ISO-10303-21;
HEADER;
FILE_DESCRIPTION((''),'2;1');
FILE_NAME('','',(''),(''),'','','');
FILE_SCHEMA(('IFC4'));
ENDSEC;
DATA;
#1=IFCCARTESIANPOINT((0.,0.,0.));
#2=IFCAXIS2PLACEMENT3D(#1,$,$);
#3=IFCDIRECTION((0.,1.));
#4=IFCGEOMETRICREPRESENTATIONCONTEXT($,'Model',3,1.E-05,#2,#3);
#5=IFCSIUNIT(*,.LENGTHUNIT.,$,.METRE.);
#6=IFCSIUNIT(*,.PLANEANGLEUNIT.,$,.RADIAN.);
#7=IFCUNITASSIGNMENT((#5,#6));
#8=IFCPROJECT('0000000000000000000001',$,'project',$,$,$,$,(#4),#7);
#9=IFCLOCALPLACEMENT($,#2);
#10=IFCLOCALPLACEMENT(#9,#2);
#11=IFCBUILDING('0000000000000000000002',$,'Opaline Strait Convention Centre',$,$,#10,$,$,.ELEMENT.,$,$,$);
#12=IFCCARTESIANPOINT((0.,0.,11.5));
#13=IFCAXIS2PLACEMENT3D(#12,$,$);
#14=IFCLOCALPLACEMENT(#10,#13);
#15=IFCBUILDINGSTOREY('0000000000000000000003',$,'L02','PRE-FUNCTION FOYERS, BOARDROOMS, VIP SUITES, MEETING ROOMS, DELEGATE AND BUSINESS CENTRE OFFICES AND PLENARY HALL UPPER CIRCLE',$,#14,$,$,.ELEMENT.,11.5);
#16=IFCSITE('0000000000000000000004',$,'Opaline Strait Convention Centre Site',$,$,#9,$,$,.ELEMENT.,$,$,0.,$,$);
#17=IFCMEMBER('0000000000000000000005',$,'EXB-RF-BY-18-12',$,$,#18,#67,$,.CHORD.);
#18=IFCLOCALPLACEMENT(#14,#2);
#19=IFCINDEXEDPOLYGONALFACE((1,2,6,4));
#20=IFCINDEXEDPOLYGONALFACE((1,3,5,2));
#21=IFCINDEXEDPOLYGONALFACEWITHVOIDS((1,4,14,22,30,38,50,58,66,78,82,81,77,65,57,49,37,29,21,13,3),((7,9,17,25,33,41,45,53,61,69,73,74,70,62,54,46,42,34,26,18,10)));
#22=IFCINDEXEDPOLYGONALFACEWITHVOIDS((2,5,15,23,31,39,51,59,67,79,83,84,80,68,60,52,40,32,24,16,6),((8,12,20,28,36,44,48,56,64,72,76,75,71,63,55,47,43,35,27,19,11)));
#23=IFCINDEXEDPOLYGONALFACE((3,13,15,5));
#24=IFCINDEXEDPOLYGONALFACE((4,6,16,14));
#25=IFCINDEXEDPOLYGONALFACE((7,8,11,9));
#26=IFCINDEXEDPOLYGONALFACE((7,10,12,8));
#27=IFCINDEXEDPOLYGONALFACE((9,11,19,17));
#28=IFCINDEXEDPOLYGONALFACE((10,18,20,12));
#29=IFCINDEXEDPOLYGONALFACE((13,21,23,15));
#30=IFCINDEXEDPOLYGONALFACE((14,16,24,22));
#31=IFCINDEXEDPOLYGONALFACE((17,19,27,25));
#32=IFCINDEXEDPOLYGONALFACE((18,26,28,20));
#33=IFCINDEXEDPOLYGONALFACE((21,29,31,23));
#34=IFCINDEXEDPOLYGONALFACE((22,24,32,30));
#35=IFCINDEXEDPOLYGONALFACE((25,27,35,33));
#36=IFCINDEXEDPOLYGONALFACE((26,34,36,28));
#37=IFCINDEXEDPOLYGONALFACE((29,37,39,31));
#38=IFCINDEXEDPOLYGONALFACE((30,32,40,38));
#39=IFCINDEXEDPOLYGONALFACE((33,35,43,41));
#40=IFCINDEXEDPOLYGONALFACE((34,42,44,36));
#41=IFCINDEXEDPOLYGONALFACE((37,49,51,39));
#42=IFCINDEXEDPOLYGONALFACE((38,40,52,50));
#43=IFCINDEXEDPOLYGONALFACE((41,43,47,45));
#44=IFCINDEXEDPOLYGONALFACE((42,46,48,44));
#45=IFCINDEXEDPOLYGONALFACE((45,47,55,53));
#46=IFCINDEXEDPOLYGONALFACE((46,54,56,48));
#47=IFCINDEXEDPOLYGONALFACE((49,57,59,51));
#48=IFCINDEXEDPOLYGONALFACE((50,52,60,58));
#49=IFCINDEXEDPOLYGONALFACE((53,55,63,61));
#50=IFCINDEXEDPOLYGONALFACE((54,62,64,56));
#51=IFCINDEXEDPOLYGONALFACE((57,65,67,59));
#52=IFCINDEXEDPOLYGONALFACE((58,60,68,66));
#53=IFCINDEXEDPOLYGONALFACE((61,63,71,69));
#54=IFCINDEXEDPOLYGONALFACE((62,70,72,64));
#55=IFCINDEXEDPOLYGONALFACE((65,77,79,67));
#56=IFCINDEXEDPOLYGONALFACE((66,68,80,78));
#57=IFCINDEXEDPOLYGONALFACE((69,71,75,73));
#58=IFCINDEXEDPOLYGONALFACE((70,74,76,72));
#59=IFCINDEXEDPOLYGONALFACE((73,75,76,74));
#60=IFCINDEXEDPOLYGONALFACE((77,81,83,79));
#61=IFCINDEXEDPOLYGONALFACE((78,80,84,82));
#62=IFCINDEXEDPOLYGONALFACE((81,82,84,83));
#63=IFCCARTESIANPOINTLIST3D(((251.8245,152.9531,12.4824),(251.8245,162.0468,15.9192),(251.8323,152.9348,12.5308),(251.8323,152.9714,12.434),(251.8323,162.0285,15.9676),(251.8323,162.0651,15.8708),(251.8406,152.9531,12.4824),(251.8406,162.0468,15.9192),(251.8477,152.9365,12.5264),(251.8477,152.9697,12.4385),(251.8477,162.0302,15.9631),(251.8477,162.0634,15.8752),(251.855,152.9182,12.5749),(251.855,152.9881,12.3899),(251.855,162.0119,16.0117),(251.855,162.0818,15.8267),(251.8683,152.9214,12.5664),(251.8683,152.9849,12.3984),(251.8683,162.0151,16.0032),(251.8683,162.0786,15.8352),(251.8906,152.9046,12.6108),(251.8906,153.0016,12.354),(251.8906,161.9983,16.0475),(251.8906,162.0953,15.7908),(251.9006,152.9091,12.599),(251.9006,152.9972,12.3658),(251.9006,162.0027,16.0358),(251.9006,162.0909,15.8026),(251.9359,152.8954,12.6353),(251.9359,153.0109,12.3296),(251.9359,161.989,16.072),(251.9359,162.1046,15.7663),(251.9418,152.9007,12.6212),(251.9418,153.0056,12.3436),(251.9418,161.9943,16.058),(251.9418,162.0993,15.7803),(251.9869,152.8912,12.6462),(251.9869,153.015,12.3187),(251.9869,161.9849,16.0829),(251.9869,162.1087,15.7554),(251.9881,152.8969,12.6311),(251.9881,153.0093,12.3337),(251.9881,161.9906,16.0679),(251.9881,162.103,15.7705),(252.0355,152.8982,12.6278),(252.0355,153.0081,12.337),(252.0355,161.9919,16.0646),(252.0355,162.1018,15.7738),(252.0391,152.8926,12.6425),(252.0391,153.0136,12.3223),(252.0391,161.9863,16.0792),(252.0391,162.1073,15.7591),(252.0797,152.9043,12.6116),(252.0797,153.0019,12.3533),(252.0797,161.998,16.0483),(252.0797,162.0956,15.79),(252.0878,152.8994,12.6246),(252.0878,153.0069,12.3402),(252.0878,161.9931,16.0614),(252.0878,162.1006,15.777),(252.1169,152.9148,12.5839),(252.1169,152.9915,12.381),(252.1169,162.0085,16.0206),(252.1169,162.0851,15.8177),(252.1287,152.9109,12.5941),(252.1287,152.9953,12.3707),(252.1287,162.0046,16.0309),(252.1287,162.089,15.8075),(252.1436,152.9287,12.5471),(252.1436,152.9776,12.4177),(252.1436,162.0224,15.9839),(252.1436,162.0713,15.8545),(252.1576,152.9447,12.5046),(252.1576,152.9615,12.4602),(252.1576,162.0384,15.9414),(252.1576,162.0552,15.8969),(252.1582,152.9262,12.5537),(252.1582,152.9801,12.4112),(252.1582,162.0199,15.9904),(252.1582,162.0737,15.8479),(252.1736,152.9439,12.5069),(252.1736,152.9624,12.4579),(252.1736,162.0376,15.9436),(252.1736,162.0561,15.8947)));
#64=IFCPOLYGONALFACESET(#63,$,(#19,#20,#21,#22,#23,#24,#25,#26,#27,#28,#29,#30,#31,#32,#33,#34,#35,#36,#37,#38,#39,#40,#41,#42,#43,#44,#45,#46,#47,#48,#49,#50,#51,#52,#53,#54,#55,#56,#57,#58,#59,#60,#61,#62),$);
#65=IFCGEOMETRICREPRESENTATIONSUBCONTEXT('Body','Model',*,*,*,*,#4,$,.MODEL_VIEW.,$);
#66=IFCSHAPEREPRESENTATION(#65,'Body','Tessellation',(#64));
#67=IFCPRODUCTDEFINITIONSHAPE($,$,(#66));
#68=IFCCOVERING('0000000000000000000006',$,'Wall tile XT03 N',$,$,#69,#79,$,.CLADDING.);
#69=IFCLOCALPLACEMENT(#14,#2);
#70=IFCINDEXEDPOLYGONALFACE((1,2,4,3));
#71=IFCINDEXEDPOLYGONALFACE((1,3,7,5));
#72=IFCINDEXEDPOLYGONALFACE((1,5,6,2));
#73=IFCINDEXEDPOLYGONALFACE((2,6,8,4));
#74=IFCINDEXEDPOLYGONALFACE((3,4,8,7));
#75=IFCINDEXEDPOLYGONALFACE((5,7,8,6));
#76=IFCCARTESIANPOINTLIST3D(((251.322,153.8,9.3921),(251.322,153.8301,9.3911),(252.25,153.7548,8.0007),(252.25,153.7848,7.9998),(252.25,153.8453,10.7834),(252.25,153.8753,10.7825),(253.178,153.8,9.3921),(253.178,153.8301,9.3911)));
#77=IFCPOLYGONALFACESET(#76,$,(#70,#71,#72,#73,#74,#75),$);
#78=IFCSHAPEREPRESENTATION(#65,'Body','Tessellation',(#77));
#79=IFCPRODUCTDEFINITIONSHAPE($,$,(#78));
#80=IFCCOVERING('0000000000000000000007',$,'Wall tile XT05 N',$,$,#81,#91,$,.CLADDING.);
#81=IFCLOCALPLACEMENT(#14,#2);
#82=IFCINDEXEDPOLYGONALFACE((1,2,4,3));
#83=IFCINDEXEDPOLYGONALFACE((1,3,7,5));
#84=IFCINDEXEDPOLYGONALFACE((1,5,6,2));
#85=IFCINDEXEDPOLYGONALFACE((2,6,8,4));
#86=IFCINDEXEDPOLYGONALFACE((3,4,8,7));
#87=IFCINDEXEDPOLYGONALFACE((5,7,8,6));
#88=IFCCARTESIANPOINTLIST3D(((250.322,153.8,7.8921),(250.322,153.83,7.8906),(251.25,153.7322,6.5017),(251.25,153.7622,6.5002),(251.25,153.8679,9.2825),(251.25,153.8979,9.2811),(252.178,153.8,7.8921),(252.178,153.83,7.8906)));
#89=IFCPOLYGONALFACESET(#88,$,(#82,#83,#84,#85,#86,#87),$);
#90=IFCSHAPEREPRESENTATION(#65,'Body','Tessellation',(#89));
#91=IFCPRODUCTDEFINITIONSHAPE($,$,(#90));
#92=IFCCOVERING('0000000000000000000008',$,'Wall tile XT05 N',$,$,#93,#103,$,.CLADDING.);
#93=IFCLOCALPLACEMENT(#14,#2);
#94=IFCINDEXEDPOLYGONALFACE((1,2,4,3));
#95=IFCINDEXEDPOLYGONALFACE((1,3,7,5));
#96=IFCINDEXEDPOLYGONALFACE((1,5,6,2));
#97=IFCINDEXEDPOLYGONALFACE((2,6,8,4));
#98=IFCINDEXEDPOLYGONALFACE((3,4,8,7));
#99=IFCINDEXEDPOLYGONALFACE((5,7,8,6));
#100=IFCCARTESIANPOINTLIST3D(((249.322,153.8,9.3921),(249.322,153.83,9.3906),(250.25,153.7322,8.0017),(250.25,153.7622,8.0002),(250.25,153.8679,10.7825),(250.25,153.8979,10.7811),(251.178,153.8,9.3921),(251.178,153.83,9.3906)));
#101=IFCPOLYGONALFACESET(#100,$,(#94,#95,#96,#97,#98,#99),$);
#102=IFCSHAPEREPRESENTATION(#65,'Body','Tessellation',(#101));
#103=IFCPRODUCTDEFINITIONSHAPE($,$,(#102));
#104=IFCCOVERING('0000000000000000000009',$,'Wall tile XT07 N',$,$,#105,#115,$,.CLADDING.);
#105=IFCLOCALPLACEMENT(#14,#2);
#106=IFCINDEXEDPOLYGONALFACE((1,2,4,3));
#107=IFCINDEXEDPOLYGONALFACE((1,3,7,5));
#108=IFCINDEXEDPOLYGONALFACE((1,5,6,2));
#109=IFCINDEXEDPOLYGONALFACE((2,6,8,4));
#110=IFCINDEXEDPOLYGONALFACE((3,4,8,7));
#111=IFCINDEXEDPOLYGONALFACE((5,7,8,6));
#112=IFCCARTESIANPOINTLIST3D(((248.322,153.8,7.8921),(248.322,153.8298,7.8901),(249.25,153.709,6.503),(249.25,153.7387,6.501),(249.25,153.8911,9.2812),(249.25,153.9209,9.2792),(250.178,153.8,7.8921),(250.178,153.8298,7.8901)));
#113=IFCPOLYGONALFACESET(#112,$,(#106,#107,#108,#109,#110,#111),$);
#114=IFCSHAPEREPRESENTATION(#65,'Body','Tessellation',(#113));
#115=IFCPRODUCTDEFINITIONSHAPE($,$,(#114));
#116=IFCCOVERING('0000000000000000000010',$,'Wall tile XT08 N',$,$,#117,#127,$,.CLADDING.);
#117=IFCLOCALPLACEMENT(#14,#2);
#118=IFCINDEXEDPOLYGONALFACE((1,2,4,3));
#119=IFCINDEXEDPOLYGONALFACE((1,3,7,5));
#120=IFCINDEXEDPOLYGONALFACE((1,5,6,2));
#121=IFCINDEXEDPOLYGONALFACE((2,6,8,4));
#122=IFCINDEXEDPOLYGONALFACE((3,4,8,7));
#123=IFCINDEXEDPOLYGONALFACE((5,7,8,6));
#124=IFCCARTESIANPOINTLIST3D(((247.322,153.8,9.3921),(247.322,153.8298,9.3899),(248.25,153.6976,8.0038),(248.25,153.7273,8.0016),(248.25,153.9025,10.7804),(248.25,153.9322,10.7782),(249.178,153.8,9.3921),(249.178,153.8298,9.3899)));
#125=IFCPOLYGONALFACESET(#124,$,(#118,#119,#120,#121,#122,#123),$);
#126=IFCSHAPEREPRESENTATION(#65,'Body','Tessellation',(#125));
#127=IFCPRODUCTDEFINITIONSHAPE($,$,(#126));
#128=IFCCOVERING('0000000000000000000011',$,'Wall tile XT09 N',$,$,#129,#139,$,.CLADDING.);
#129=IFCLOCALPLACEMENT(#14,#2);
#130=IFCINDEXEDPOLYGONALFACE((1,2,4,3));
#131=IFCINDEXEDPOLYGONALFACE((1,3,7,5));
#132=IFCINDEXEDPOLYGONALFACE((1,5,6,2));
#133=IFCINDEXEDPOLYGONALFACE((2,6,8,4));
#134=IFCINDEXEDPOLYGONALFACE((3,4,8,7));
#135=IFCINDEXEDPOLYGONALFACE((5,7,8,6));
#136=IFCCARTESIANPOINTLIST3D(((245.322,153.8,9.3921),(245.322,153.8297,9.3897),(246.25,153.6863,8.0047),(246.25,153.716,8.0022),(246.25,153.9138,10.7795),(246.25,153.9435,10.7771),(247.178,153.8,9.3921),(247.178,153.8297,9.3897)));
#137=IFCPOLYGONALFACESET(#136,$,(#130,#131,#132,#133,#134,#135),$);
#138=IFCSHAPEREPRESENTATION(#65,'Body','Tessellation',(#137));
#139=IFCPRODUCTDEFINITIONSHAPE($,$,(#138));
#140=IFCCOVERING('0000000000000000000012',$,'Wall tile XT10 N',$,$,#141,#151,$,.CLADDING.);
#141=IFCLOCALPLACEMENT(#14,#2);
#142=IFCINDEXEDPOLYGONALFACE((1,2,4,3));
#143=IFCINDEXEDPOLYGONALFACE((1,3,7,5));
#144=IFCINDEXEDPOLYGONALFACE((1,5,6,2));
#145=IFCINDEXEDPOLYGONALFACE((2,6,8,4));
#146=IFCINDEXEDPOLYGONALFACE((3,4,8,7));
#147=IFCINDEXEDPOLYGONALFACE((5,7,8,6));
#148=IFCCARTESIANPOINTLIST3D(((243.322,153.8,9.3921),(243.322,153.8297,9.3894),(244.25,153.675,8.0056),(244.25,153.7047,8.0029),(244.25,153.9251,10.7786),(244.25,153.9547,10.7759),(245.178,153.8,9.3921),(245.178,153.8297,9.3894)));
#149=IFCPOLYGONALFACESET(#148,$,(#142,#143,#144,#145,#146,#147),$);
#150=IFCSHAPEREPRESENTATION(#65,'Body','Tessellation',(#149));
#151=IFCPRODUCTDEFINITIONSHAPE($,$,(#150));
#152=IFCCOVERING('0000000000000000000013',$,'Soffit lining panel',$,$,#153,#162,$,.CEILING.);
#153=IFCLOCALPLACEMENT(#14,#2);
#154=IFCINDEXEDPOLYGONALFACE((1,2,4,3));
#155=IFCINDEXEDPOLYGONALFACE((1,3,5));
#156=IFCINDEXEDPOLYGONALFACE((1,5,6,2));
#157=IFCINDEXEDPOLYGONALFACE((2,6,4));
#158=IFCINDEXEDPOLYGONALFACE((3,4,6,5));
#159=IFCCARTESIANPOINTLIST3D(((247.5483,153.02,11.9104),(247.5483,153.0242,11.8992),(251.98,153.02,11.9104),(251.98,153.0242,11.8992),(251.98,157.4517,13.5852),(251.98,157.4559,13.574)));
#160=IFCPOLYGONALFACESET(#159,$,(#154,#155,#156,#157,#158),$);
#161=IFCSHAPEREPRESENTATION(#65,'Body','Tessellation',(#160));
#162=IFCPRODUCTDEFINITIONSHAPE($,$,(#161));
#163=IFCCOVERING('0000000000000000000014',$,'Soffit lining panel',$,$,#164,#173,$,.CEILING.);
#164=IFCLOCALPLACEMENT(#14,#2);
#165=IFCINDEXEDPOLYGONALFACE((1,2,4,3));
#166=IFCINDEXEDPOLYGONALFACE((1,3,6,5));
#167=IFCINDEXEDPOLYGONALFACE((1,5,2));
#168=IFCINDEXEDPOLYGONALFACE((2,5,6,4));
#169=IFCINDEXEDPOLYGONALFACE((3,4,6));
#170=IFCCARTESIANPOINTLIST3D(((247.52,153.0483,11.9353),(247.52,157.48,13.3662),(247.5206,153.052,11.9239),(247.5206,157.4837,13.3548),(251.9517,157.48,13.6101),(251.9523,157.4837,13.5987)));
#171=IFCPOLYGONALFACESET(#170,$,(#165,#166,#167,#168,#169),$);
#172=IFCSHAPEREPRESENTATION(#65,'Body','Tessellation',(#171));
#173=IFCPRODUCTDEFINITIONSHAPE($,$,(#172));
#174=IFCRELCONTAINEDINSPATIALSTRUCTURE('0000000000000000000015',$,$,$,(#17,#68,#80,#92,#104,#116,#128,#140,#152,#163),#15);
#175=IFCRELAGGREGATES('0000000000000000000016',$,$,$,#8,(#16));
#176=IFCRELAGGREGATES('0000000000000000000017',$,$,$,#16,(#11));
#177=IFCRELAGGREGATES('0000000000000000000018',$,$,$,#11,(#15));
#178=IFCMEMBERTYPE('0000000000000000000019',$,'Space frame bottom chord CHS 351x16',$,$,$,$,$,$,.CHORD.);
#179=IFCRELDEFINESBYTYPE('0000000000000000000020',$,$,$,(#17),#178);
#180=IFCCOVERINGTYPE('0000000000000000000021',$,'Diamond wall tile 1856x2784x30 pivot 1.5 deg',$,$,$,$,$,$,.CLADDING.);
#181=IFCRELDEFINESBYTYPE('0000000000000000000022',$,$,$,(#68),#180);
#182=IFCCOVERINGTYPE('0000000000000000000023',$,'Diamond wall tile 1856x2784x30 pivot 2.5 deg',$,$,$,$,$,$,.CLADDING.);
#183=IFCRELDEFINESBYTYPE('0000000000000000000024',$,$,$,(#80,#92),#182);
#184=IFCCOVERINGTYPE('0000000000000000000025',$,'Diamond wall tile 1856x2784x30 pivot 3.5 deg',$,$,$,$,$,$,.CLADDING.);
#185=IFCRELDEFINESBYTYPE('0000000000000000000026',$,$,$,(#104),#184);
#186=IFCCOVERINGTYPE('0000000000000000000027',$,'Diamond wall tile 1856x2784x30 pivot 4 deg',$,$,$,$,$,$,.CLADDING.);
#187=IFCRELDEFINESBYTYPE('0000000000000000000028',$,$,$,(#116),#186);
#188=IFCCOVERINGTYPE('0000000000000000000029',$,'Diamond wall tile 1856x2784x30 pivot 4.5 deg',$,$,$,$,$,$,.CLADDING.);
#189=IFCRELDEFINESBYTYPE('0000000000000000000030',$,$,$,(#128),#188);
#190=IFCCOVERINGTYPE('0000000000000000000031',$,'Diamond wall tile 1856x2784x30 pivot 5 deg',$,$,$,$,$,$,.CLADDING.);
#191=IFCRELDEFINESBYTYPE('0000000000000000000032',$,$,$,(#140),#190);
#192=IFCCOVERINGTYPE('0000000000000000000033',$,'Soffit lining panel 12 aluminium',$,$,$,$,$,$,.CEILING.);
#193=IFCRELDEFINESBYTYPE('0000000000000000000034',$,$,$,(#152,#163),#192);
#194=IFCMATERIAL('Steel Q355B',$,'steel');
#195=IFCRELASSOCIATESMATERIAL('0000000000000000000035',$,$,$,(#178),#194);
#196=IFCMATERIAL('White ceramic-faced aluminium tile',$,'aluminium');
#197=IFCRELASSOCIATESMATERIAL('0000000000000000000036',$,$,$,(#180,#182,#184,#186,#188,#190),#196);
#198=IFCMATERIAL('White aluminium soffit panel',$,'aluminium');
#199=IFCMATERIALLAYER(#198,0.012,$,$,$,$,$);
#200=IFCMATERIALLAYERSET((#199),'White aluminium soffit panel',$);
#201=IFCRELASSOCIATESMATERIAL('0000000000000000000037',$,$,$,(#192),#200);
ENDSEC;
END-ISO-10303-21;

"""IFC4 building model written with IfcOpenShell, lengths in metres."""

from ifc_helpers import new_model, si_unit, direction, frame, origin, origin_2d, place, context, subcontext, project, spatial, polyline, hollow_circle, outline, extrude, material, layer, layer_set, material_profile, profile_set, type_object, element, save


model = new_model("IFC4")

# Units and contexts
model_context = context("Model", 3, precision=1e-05, world=origin(), true_north=direction((0.0, 1.0)))
body_context = subcontext(model_context, "Body", "Model", "MODEL_VIEW")
ifc_project = project(units=[si_unit("LENGTHUNIT", "METRE"), si_unit("PLANEANGLEUNIT", "RADIAN")], contexts=[model_context])

# Site, building, storey
site_placement = place(None, origin())
site = spatial("IfcSite", under=ifc_project, at=site_placement, Name="Opaline Strait Convention Centre Site", CompositionType="ELEMENT", RefElevation=0.0)
building_placement = place(site_placement, origin())
building = spatial("IfcBuilding", under=site, at=building_placement, Name="Opaline Strait Convention Centre", CompositionType="ELEMENT")
storey_placement = place(building_placement, frame((0.0, 0.0, 11.5)))
storey = spatial("IfcBuildingStorey", under=building, at=storey_placement, Name="L02", Description="PRE-FUNCTION FOYERS, BOARDROOMS, VIP SUITES, MEETING ROOMS, DELEGATE AND BUSINESS CENTRE OFFICES AND PLENARY HALL UPPER CIRCLE", CompositionType="ELEMENT", Elevation=11.5)

# Member
ifc_material_1 = material(Name="Steel Q355B", Category="steel")
ifc_material_profile_1 = material_profile(ifc_material_1, hollow_circle(Radius=0.1755, WallThickness=0.0161, at=origin_2d()), Name="CHS 351x16")
ifc_profile_set_1 = profile_set([ifc_material_profile_1], Name="Steel Q355B")
member_type_1 = type_object("IfcMemberType", Name="Space frame bottom chord CHS 351x16", PredefinedType="CHORD", material=ifc_profile_set_1)
member_1_placement = place(storey_placement, frame((252.0, 152.9531, 12.4824), z_axis=(0.0, 0.935426, 0.353522), x_axis=(-1.0, 0.0, 0.0)))
element("IfcMember", 1, at=member_1_placement, inside=storey, type_object=member_type_1, Name="EXB-RF-BY-18-12", PredefinedType="CHORD", context=body_context, shape_type="SweptSolid", body=[
    extrude(hollow_circle(Radius=0.1755, WallThickness=0.0161, at=origin_2d()), origin(), (0.0, 0.0, 1.0), 9.7214),
])

# Coverings
ifc_material_2 = material(Name="White ceramic-faced aluminium tile", Category="aluminium")
ifc_material_profile_2 = material_profile(ifc_material_2, outline(polyline([(0.928, 0.0), (0.0, 1.3921), (-0.928, 0.0), (0.0, -1.3921), (0.928, 0.0)])), Name="Diamond tile 1856x2784")
ifc_profile_set_2 = profile_set([ifc_material_profile_2], Name="White ceramic-faced aluminium tile")
covering_type_1 = type_object("IfcCoveringType", Name="Diamond wall tile 1856x2784x30 pivot 1.5 deg", PredefinedType="CLADDING", material=ifc_profile_set_2)
covering_1_placement = place(storey_placement, frame((252.25, 153.8, 9.3921), z_axis=(0.0, 0.999472, -0.032503), x_axis=(-1.0, 0.0, 0.0)))
element("IfcCovering", 2, at=covering_1_placement, inside=storey, type_object=covering_type_1, Name="Wall tile XT03 N", PredefinedType="CLADDING", context=body_context, shape_type="SweptSolid", body=[
    extrude(outline(polyline([(0.928, 0.0), (0.0, 1.3921), (-0.928, 0.0), (0.0, -1.3921), (0.928, 0.0)])), origin(), (0.0, 0.0, 1.0), 0.03),
])
ifc_material_profile_3 = material_profile(ifc_material_2, outline(polyline([(0.928, 0.0), (0.0, 1.3921), (-0.928, 0.0), (0.0, -1.3921), (0.928, 0.0)])), Name="Diamond tile 1856x2784")
ifc_profile_set_3 = profile_set([ifc_material_profile_3], Name="White ceramic-faced aluminium tile")
covering_type_2 = type_object("IfcCoveringType", Name="Diamond wall tile 1856x2784x30 pivot 2.5 deg", PredefinedType="CLADDING", material=ifc_profile_set_3)
for number, where, z_axis, x_axis, name in (
    (3, (251.25, 153.8, 7.8921), (0.0, 0.998812, -0.048723), (-1.0, 0.0, 0.0), "Wall tile XT05 N"),
    (4, (250.25, 153.8, 9.3921), (0.0, 0.998812, -0.048723), (-1.0, 0.0, 0.0), "Wall tile XT05 N"),
):
    element("IfcCovering", number, at=place(storey_placement, frame(where, z_axis=z_axis, x_axis=x_axis)), inside=storey, type_object=covering_type_2, Name=name, PredefinedType="CLADDING", context=body_context, shape_type="SweptSolid", body=[
        extrude(outline(polyline([(0.928, 0.0), (0.0, 1.3921), (-0.928, 0.0), (0.0, -1.3921), (0.928, 0.0)])), origin(), (0.0, 0.0, 1.0), 0.03),
    ])
ifc_material_profile_4 = material_profile(ifc_material_2, outline(polyline([(0.928, 0.0), (0.0, 1.3921), (-0.928, 0.0), (0.0, -1.3921), (0.928, 0.0)])), Name="Diamond tile 1856x2784")
ifc_profile_set_4 = profile_set([ifc_material_profile_4], Name="White ceramic-faced aluminium tile")
covering_type_3 = type_object("IfcCoveringType", Name="Diamond wall tile 1856x2784x30 pivot 3.5 deg", PredefinedType="CLADDING", material=ifc_profile_set_4)
covering_2_placement = place(storey_placement, frame((249.25, 153.8, 7.8921), z_axis=(0.0, 0.997857, -0.065433), x_axis=(-1.0, 0.0, 0.0)))
element("IfcCovering", 5, at=covering_2_placement, inside=storey, type_object=covering_type_3, Name="Wall tile XT07 N", PredefinedType="CLADDING", context=body_context, shape_type="SweptSolid", body=[
    extrude(outline(polyline([(0.928, 0.0), (0.0, 1.3921), (-0.928, 0.0), (0.0, -1.3921), (0.928, 0.0)])), origin(), (0.0, 0.0, 1.0), 0.0298),
])
ifc_material_profile_5 = material_profile(ifc_material_2, outline(polyline([(0.928, 0.0), (0.0, 1.3921), (-0.928, 0.0), (0.0, -1.3921), (0.928, 0.0)])), Name="Diamond tile 1856x2784")
ifc_profile_set_5 = profile_set([ifc_material_profile_5], Name="White ceramic-faced aluminium tile")
covering_type_4 = type_object("IfcCoveringType", Name="Diamond wall tile 1856x2784x30 pivot 4 deg", PredefinedType="CLADDING", material=ifc_profile_set_5)
covering_3_placement = place(storey_placement, frame((248.25, 153.8, 9.3921), z_axis=(0.0, 0.99729, -0.073571), x_axis=(-1.0, 0.0, 0.0)))
element("IfcCovering", 6, at=covering_3_placement, inside=storey, type_object=covering_type_4, Name="Wall tile XT08 N", PredefinedType="CLADDING", context=body_context, shape_type="SweptSolid", body=[
    extrude(outline(polyline([(0.928, 0.0), (0.0, 1.3921), (-0.928, 0.0), (0.0, -1.3921), (0.928, 0.0)])), origin(), (0.0, 0.0, 1.0), 0.0298),
])
ifc_material_profile_6 = material_profile(ifc_material_2, outline(polyline([(0.928, 0.0), (0.0, 1.3921), (-0.928, 0.0), (0.0, -1.3921), (0.928, 0.0)])), Name="Diamond tile 1856x2784")
ifc_profile_set_6 = profile_set([ifc_material_profile_6], Name="White ceramic-faced aluminium tile")
covering_type_5 = type_object("IfcCoveringType", Name="Diamond wall tile 1856x2784x30 pivot 4.5 deg", PredefinedType="CLADDING", material=ifc_profile_set_6)
covering_4_placement = place(storey_placement, frame((246.25, 153.8, 9.3921), z_axis=(0.0, 0.996658, -0.081693), x_axis=(-1.0, 0.0, 0.0)))
element("IfcCovering", 7, at=covering_4_placement, inside=storey, type_object=covering_type_5, Name="Wall tile XT09 N", PredefinedType="CLADDING", context=body_context, shape_type="SweptSolid", body=[
    extrude(outline(polyline([(0.928, 0.0), (0.0, 1.3921), (-0.928, 0.0), (0.0, -1.3921), (0.928, 0.0)])), origin(), (0.0, 0.0, 1.0), 0.0298),
])
ifc_material_profile_7 = material_profile(ifc_material_2, outline(polyline([(0.928, 0.0), (0.0, 1.3921), (-0.928, 0.0), (0.0, -1.3921), (0.928, 0.0)])), Name="Diamond tile 1856x2784")
ifc_profile_set_7 = profile_set([ifc_material_profile_7], Name="White ceramic-faced aluminium tile")
covering_type_6 = type_object("IfcCoveringType", Name="Diamond wall tile 1856x2784x30 pivot 5 deg", PredefinedType="CLADDING", material=ifc_profile_set_7)
covering_5_placement = place(storey_placement, frame((244.25, 153.8, 9.3921), z_axis=(0.0, 0.99596, -0.0898), x_axis=(-1.0, 0.0, 0.0)))
element("IfcCovering", 8, at=covering_5_placement, inside=storey, type_object=covering_type_6, Name="Wall tile XT10 N", PredefinedType="CLADDING", context=body_context, shape_type="SweptSolid", body=[
    extrude(outline(polyline([(0.928, 0.0), (0.0, 1.3921), (-0.928, 0.0), (0.0, -1.3921), (0.928, 0.0)])), origin(), (0.0, 0.0, 1.0), 0.0298),
])
ifc_material_3 = material(Name="White aluminium soffit panel", Category="aluminium")
ifc_layer = layer(ifc_material_3, 0.012)
ifc_layer_set = layer_set([ifc_layer], Name="White aluminium soffit panel")
covering_type_7 = type_object("IfcCoveringType", Name="Soffit lining panel 12 aluminium", PredefinedType="CEILING", material=ifc_layer_set)
covering_6_placement = place(storey_placement, frame((247.5483, 153.02, 11.9104), z_axis=(0.0, -0.353517, 0.935428), x_axis=(0.683135, 0.683135, 0.25817)))
element("IfcCovering", 9, at=covering_6_placement, inside=storey, type_object=covering_type_7, Name="Soffit lining panel", PredefinedType="CEILING", context=body_context, shape_type="SweptSolid", body=[
    extrude(outline(polyline([(0.0, 0.0), (6.4872, 0.0), (3.0274, -3.2364), (0.0, 0.0)])), origin(), (0.0, 0.0, -1.0), 0.012),
])
covering_7_placement = place(storey_placement, frame((247.52, 153.0483, 11.9353), z_axis=(-0.052301, -0.306844, 0.950322), x_axis=(0.0, 0.951624, 0.307265)))
element("IfcCovering", 10, at=covering_7_placement, inside=storey, type_object=covering_type_7, Name="Soffit lining panel", PredefinedType="CEILING", context=body_context, shape_type="SweptSolid", body=[
    extrude(outline(polyline([(0.0, 0.0), (4.6569, 0.0), (4.7319, -4.4377), (0.0, 0.0)])), origin(), (0.0, 0.0, -1.0), 0.012),
])

save(model, "model.ifc")
